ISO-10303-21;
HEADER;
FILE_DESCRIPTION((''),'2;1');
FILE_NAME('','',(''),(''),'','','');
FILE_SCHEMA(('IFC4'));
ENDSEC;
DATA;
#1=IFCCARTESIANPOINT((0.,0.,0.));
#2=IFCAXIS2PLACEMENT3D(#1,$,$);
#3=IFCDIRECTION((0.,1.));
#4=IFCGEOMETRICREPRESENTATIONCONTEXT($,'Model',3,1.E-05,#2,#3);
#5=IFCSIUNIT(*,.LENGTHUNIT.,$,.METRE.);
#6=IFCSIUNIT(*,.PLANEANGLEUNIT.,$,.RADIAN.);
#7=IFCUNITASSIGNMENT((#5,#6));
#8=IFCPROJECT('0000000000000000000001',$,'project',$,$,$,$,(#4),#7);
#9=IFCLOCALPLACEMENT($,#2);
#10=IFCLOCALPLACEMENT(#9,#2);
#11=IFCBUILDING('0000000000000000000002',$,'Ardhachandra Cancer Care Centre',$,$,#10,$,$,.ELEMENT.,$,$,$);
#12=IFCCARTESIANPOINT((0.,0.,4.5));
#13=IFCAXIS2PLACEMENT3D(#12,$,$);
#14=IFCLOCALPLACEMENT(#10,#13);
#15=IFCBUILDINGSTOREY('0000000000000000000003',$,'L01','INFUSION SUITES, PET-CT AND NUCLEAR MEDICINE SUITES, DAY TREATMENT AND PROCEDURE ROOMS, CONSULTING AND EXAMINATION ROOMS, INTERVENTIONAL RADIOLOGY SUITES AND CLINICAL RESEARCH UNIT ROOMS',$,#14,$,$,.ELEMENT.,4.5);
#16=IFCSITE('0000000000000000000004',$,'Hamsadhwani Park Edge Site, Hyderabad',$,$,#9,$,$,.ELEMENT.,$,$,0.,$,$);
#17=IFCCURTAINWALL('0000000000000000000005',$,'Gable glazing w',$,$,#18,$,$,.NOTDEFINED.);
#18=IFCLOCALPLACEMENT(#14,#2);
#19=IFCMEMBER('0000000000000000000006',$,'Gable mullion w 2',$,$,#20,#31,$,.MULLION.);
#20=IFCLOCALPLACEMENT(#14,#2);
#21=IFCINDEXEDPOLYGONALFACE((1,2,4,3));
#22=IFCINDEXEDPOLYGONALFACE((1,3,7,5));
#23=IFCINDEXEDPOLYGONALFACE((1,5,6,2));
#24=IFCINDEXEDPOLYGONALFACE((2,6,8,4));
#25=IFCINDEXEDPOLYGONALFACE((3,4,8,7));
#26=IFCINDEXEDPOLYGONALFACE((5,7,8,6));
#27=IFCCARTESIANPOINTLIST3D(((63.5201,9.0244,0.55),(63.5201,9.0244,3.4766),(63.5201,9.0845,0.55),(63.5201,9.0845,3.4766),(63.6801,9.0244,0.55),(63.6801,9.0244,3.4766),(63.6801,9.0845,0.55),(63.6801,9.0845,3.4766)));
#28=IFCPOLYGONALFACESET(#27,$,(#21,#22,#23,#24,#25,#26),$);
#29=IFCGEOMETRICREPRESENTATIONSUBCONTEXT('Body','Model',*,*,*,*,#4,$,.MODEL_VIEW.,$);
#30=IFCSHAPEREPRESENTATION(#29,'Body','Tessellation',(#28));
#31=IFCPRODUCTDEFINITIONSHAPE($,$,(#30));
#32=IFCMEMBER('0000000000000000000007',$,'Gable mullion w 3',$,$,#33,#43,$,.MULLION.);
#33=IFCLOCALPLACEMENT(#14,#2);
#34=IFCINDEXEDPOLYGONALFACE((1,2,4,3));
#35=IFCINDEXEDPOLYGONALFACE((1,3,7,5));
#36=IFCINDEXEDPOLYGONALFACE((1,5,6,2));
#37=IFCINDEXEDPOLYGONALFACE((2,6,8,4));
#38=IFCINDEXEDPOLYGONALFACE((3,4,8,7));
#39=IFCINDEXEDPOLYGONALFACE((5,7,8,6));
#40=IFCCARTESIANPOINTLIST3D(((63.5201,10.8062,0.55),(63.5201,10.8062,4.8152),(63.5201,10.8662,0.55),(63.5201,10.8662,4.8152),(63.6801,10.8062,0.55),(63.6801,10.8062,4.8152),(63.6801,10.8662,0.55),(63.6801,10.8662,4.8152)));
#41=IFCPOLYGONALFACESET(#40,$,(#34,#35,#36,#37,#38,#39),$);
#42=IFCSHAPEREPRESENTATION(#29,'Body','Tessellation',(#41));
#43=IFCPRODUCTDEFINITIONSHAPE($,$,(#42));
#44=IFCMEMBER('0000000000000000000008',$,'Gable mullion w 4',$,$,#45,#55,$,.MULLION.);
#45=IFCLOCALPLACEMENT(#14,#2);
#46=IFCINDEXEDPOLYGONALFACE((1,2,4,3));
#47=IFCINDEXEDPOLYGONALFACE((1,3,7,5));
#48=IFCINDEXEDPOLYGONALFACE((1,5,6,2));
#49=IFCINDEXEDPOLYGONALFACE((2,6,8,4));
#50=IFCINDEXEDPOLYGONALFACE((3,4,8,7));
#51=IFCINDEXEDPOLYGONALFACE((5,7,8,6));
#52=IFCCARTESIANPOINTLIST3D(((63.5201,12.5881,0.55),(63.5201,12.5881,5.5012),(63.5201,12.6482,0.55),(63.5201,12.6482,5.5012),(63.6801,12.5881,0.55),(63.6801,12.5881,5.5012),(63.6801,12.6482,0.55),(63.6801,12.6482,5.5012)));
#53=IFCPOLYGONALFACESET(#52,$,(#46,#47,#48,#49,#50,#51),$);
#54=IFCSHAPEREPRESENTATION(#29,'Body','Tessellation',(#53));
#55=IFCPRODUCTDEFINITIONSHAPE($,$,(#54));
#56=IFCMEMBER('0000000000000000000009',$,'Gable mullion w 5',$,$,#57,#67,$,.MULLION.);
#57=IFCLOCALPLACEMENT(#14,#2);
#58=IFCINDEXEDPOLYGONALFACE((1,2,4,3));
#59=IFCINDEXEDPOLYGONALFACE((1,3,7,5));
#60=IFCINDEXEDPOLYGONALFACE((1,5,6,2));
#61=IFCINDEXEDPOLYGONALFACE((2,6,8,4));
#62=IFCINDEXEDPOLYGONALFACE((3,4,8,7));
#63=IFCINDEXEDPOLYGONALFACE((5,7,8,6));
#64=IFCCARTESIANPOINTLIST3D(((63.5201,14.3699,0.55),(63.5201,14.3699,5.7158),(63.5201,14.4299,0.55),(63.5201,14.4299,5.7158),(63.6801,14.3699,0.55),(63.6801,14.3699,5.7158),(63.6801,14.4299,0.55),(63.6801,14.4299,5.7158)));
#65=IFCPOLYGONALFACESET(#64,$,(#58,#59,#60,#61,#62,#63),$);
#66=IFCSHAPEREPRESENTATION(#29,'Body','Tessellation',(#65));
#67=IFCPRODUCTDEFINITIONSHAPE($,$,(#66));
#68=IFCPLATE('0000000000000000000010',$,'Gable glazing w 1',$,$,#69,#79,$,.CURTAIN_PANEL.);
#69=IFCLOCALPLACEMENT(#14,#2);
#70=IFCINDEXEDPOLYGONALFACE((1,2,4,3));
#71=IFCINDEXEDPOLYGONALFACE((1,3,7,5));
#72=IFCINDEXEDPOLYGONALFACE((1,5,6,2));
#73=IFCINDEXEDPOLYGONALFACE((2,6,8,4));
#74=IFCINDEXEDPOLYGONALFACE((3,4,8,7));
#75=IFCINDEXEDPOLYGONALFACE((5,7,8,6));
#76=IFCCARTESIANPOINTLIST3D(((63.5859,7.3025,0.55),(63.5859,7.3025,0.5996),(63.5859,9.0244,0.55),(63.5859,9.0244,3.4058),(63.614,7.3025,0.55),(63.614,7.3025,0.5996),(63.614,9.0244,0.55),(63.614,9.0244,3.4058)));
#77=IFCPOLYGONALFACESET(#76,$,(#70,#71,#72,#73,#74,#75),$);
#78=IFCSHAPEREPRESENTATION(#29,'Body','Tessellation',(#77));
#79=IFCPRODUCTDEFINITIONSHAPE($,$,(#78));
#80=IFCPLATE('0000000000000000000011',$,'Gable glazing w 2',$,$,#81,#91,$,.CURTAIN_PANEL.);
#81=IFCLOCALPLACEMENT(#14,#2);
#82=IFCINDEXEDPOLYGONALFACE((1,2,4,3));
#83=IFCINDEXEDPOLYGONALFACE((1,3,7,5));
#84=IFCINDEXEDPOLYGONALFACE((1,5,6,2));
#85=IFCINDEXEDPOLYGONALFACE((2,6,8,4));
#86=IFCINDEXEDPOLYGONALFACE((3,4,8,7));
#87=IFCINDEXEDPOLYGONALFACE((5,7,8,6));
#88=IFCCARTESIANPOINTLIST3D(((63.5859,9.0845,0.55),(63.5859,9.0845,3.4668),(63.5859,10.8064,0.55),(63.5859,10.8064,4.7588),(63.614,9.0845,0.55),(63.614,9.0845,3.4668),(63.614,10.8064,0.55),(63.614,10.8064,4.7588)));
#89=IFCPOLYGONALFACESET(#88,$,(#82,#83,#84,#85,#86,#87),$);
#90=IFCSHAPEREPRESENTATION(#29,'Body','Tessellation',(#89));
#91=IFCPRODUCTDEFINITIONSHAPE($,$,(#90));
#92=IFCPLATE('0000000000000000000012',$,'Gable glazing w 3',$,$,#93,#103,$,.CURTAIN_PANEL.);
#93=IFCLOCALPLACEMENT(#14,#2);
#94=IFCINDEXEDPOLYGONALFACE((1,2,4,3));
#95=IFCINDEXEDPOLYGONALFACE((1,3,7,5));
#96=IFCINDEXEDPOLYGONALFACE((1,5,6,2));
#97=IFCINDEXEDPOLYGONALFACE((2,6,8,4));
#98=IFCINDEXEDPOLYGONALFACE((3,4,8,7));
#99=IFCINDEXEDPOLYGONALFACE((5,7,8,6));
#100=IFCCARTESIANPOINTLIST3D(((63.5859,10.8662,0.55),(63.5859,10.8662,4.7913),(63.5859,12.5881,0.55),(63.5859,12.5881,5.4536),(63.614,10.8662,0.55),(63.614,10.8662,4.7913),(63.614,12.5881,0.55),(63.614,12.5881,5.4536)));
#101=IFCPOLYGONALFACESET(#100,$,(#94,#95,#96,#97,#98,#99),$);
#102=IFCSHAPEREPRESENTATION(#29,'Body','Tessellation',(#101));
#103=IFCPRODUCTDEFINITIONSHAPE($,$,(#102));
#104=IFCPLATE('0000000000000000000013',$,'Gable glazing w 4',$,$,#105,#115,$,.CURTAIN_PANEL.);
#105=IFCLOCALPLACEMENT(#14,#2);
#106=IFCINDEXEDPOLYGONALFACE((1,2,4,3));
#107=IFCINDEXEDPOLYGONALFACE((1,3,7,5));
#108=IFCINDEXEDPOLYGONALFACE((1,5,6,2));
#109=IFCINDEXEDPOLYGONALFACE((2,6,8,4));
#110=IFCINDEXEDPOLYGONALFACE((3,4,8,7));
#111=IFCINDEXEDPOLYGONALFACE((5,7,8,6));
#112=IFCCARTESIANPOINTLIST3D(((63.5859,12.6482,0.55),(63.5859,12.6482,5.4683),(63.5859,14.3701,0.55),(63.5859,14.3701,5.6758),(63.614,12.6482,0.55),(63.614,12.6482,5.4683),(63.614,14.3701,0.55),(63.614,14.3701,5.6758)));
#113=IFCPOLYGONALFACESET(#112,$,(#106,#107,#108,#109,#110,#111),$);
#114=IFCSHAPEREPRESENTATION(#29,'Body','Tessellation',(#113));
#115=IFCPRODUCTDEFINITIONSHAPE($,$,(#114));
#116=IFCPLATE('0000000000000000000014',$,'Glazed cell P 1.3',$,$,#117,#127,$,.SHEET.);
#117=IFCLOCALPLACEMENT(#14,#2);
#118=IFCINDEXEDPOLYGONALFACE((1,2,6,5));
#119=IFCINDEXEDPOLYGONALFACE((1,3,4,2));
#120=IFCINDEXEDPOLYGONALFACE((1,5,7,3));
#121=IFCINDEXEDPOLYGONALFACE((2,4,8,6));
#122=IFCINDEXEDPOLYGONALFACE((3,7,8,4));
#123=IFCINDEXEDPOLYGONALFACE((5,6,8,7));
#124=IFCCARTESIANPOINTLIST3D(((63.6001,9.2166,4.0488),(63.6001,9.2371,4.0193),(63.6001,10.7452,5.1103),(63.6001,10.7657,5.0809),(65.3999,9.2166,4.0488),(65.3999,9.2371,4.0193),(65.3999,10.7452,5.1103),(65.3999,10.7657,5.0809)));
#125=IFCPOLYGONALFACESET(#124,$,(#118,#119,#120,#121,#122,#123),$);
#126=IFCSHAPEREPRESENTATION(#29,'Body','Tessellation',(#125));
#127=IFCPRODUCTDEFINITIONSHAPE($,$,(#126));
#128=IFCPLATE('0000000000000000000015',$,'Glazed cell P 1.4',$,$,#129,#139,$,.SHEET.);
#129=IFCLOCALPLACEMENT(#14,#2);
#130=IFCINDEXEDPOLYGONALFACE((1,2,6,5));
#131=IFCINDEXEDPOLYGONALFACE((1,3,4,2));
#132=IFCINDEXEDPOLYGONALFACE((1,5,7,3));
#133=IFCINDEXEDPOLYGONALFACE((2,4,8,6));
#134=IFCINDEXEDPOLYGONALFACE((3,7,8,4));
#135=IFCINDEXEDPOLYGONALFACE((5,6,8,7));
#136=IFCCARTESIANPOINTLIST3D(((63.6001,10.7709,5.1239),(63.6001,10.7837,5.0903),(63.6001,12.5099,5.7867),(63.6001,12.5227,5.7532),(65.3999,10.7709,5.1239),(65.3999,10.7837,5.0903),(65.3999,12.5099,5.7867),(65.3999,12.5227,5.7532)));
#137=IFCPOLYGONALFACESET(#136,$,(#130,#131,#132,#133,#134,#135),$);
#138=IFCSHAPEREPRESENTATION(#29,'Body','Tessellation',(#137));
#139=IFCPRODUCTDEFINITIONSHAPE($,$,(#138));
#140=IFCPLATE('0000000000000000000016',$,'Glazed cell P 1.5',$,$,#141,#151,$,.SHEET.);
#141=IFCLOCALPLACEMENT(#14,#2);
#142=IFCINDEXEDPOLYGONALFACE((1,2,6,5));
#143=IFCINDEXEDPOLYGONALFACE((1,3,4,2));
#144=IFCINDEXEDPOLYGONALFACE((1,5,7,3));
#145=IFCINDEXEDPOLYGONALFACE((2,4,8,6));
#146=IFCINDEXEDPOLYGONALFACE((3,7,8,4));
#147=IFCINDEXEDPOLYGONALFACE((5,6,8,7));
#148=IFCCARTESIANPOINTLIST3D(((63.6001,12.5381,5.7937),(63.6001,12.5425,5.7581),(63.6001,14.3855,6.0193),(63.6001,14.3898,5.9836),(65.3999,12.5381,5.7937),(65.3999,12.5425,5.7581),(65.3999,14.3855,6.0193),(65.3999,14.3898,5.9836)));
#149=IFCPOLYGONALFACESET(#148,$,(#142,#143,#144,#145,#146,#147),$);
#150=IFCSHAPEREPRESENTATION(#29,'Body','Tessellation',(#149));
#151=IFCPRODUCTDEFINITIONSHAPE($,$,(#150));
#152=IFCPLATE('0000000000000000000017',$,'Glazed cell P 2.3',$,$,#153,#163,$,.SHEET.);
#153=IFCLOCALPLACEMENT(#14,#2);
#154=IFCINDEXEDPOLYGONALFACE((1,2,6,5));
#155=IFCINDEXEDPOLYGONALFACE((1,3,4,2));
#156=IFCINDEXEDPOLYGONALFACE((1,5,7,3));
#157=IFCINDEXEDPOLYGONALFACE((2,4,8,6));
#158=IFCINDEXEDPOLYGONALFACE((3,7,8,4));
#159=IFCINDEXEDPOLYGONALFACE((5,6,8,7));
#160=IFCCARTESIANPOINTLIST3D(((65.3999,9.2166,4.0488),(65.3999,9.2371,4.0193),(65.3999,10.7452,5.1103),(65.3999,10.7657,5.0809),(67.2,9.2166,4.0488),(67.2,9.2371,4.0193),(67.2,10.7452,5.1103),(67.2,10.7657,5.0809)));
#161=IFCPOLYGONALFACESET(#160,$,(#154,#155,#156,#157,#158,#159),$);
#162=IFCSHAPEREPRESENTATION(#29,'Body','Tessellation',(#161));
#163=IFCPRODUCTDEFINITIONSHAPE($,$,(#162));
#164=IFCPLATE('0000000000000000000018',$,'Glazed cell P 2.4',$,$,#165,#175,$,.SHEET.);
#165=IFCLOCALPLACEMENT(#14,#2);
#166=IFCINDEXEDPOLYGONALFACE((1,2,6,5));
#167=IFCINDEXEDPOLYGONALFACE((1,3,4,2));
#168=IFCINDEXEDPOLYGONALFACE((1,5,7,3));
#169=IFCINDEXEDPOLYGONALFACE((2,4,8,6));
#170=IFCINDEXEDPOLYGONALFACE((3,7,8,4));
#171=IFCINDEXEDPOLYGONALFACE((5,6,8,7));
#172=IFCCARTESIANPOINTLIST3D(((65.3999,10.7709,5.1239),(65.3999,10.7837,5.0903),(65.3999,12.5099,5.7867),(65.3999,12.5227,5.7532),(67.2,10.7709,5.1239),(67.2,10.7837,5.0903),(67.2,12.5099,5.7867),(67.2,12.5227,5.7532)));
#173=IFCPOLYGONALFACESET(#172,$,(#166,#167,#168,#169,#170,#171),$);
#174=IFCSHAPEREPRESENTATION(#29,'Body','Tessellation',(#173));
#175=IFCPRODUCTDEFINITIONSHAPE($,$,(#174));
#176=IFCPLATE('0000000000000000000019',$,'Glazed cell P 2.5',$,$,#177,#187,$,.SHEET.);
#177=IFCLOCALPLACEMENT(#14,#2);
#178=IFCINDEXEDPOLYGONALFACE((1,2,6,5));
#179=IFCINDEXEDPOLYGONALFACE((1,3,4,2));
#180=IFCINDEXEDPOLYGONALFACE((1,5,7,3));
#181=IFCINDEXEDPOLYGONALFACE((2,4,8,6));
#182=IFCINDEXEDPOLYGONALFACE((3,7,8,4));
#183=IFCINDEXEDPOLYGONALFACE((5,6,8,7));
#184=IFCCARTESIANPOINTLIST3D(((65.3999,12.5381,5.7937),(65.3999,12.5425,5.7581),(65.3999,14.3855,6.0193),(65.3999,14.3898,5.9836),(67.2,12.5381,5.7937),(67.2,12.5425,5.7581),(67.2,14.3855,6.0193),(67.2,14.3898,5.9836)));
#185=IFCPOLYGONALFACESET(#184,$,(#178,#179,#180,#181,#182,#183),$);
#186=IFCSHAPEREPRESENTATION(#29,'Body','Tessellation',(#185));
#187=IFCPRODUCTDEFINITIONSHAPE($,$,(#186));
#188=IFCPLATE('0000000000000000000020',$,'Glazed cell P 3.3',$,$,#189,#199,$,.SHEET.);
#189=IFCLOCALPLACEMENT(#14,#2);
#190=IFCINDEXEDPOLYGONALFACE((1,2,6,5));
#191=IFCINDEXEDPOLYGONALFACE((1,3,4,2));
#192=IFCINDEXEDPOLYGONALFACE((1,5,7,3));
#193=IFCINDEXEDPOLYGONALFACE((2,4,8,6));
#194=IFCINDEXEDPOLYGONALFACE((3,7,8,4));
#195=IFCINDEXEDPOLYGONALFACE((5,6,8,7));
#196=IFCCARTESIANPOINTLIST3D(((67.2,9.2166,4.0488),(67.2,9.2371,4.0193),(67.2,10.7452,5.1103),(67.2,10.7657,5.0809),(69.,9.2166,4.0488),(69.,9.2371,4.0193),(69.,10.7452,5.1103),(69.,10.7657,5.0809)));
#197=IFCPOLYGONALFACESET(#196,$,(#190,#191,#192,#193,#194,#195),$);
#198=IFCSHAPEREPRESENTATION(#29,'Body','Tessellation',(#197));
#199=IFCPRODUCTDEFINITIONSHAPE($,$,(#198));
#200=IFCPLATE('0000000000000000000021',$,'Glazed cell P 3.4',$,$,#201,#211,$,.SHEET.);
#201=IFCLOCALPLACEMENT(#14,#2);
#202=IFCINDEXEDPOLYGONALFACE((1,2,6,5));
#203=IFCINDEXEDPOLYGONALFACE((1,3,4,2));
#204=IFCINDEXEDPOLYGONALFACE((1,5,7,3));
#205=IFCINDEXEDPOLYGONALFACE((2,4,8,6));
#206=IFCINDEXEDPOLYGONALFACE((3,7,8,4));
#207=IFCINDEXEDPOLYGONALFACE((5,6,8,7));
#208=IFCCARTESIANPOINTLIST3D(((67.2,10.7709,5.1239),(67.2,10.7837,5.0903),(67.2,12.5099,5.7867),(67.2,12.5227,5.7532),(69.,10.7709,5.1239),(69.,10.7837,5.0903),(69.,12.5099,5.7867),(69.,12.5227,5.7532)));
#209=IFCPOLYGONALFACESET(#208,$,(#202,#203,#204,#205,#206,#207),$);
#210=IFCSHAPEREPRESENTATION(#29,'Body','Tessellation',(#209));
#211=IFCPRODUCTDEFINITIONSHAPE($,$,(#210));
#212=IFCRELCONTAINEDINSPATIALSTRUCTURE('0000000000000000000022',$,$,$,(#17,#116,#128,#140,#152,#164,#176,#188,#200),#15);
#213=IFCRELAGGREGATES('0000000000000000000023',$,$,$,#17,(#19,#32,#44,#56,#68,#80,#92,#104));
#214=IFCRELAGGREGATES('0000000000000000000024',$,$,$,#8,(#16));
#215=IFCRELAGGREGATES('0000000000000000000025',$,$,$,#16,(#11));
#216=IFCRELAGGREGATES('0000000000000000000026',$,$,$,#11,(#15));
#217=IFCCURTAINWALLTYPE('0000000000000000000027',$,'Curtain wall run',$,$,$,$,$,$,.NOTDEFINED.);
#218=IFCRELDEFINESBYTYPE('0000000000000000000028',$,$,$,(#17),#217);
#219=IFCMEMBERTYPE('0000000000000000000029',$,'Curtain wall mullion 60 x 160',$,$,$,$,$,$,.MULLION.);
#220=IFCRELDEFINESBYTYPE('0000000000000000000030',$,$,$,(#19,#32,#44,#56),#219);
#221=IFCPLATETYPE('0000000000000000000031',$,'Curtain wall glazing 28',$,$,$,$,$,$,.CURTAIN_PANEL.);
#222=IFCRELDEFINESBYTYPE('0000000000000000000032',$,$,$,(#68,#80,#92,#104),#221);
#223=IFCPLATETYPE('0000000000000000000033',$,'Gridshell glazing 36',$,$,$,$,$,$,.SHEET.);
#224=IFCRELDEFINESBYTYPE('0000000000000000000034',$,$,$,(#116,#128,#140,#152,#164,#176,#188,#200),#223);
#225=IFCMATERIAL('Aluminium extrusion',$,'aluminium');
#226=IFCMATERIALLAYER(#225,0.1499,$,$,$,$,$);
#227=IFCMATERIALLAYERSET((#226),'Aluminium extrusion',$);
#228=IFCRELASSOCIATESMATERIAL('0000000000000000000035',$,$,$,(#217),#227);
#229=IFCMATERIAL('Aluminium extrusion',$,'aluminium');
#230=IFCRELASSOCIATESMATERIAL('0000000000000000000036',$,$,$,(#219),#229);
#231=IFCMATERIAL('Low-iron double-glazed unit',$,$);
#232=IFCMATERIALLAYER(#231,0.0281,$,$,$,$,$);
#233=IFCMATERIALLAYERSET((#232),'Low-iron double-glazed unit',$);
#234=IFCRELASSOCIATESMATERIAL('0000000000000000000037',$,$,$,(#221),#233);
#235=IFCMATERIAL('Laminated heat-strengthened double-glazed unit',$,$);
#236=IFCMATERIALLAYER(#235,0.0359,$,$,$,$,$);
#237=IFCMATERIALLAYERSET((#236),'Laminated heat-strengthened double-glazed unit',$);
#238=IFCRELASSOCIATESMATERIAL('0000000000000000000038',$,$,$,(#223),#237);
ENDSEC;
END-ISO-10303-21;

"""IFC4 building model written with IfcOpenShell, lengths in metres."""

from ifc_helpers import new_model, si_unit, direction, frame, origin, origin_2d, place, context, subcontext, project, spatial, polyline, rectangle, outline, extrude, material, layer, layer_set, material_profile, profile_set, type_object, element, aggregate, save


model = new_model("IFC4")

# Units and contexts
model_context = context("Model", 3, precision=1e-05, world=origin(), true_north=direction((0.0, 1.0)))
body_context = subcontext(model_context, "Body", "Model", "MODEL_VIEW")
ifc_project = project(units=[si_unit("LENGTHUNIT", "METRE"), si_unit("PLANEANGLEUNIT", "RADIAN")], contexts=[model_context])

# Site, building, storey
site_placement = place(None, origin())
site = spatial("IfcSite", under=ifc_project, at=site_placement, Name="Hamsadhwani Park Edge Site, Hyderabad", CompositionType="ELEMENT", RefElevation=0.0)
building_placement = place(site_placement, origin())
building = spatial("IfcBuilding", under=site, at=building_placement, Name="Ardhachandra Cancer Care Centre", CompositionType="ELEMENT")
storey_placement = place(building_placement, frame((0.0, 0.0, 4.5)))
storey = spatial("IfcBuildingStorey", under=building, at=storey_placement, Name="L01", Description="INFUSION SUITES, PET-CT AND NUCLEAR MEDICINE SUITES, DAY TREATMENT AND PROCEDURE ROOMS, CONSULTING AND EXAMINATION ROOMS, INTERVENTIONAL RADIOLOGY SUITES AND CLINICAL RESEARCH UNIT ROOMS", CompositionType="ELEMENT", Elevation=4.5)

# Curtain wall, members, plates
ifc_material_1 = material(Name="Aluminium extrusion", Category="aluminium")
ifc_layer_1 = layer(ifc_material_1, 0.1499)
ifc_layer_set_1 = layer_set([ifc_layer_1], Name="Aluminium extrusion")
curtain_wall_type = type_object("IfcCurtainWallType", Name="Curtain wall run", PredefinedType="NOTDEFINED", material=ifc_layer_set_1)
curtain_wall_placement = place(storey_placement, origin())
curtain_wall = element("IfcCurtainWall", 1, at=curtain_wall_placement, inside=storey, type_object=curtain_wall_type, Name="Gable glazing w", PredefinedType="NOTDEFINED")
ifc_material_2 = material(Name="Aluminium extrusion", Category="aluminium")
ifc_material_profile = material_profile(ifc_material_2, rectangle(XDim=0.1599, YDim=0.0601, at=origin_2d()), Name="Curtain wall mullion 60 x 160")
ifc_profile_set = profile_set([ifc_material_profile], Name="Aluminium extrusion")
member_type = type_object("IfcMemberType", Name="Curtain wall mullion 60 x 160", PredefinedType="MULLION", material=ifc_profile_set)
member_1_placement = place(storey_placement, frame((63.6001, 9.0544, 0.55), z_axis=(0.0, 0.0, 1.0), x_axis=(-1.0, 0.0, 0.0)))
member_1 = element("IfcMember", 2, at=member_1_placement, type_object=member_type, Name="Gable mullion w 2", PredefinedType="MULLION", context=body_context, shape_type="SweptSolid", body=[
    extrude(rectangle(XDim=0.1599, YDim=0.0601, at=origin_2d()), origin(), (0.0, 0.0, 1.0), 2.9265),
])
member_2_placement = place(storey_placement, frame((63.6001, 10.8362, 0.55), z_axis=(0.0, 0.0, 1.0), x_axis=(-1.0, 0.0, 0.0)))
member_2 = element("IfcMember", 3, at=member_2_placement, type_object=member_type, Name="Gable mullion w 3", PredefinedType="MULLION", context=body_context, shape_type="SweptSolid", body=[
    extrude(rectangle(XDim=0.1599, YDim=0.0601, at=origin_2d()), origin(), (0.0, 0.0, 1.0), 4.2651),
])
member_3_placement = place(storey_placement, frame((63.6001, 12.6182, 0.55), z_axis=(0.0, 0.0, 1.0), x_axis=(-1.0, 0.0, 0.0)))
member_3 = element("IfcMember", 4, at=member_3_placement, type_object=member_type, Name="Gable mullion w 4", PredefinedType="MULLION", context=body_context, shape_type="SweptSolid", body=[
    extrude(rectangle(XDim=0.1599, YDim=0.0601, at=origin_2d()), origin(), (0.0, 0.0, 1.0), 4.9512),
])
member_4_placement = place(storey_placement, frame((63.6001, 14.3999, 0.55), z_axis=(0.0, 0.0, 1.0), x_axis=(-1.0, 0.0, 0.0)))
member_4 = element("IfcMember", 5, at=member_4_placement, type_object=member_type, Name="Gable mullion w 5", PredefinedType="MULLION", context=body_context, shape_type="SweptSolid", body=[
    extrude(rectangle(XDim=0.1599, YDim=0.0601, at=origin_2d()), origin(), (0.0, 0.0, 1.0), 5.1658),
])
ifc_material_3 = material(Name="Low-iron double-glazed unit")
ifc_layer_2 = layer(ifc_material_3, 0.0281)
ifc_layer_set_2 = layer_set([ifc_layer_2], Name="Low-iron double-glazed unit")
plate_type_1 = type_object("IfcPlateType", Name="Curtain wall glazing 28", PredefinedType="CURTAIN_PANEL", material=ifc_layer_set_2)
plate_1_placement = place(storey_placement, frame((63.6001, 7.3025, 0.55), z_axis=(1.0, 0.0, 0.0), x_axis=(0.0, 1.0, 0.0)))
plate_1 = element("IfcPlate", 6, at=plate_1_placement, type_object=plate_type_1, Name="Gable glazing w 1", PredefinedType="CURTAIN_PANEL", context=body_context, shape_type="SweptSolid", body=[
    extrude(outline(polyline([(0.0, 0.0), (1.7219, 0.0), (1.7219, 2.8557), (0.0, 0.0496), (0.0, 0.0)])), frame((0.0, 0.0, -0.0142)), (0.0, 0.0, 1.0), 0.0281),
])
plate_2_placement = place(storey_placement, frame((63.6001, 9.0845, 0.55), z_axis=(1.0, 0.0, 0.0), x_axis=(0.0, 1.0, 0.0)))
plate_2 = element("IfcPlate", 7, at=plate_2_placement, type_object=plate_type_1, Name="Gable glazing w 2", PredefinedType="CURTAIN_PANEL", context=body_context, shape_type="SweptSolid", body=[
    extrude(outline(polyline([(0.0, 0.0), (1.7219, 0.0), (1.7219, 4.2087), (0.0, 2.9167), (0.0, 0.0)])), frame((0.0, 0.0, -0.0142)), (0.0, 0.0, 1.0), 0.0281),
])
plate_3_placement = place(storey_placement, frame((63.6001, 10.8662, 0.55), z_axis=(1.0, 0.0, 0.0), x_axis=(0.0, 1.0, 0.0)))
plate_3 = element("IfcPlate", 8, at=plate_3_placement, type_object=plate_type_1, Name="Gable glazing w 3", PredefinedType="CURTAIN_PANEL", context=body_context, shape_type="SweptSolid", body=[
    extrude(outline(polyline([(0.0, 0.0), (1.7219, 0.0), (1.7219, 4.9036), (0.0, 4.2412), (0.0, 0.0)])), frame((0.0, 0.0, -0.0142)), (0.0, 0.0, 1.0), 0.0281),
])
plate_4_placement = place(storey_placement, frame((63.6001, 12.6482, 0.55), z_axis=(1.0, 0.0, 0.0), x_axis=(0.0, 1.0, 0.0)))
plate_4 = element("IfcPlate", 9, at=plate_4_placement, type_object=plate_type_1, Name="Gable glazing w 4", PredefinedType="CURTAIN_PANEL", context=body_context, shape_type="SweptSolid", body=[
    extrude(outline(polyline([(0.0, 0.0), (1.7219, 0.0), (1.7219, 5.1257), (0.0, 4.9182), (0.0, 0.0)])), frame((0.0, 0.0, -0.0142)), (0.0, 0.0, 1.0), 0.0281),
])
aggregate(curtain_wall, [member_1, member_2, member_3, member_4, plate_1, plate_2, plate_3, plate_4])

# Plates
ifc_material_4 = material(Name="Laminated heat-strengthened double-glazed unit")
ifc_layer_3 = layer(ifc_material_4, 0.0359)
ifc_layer_set_3 = layer_set([ifc_layer_3], Name="Laminated heat-strengthened double-glazed unit")
plate_type_2 = type_object("IfcPlateType", Name="Gridshell glazing 36", PredefinedType="SHEET", material=ifc_layer_set_3)
for number, where, z_axis, x_axis, name in (
    (10, (63.6001, 9.2371, 4.0193), (0.0, -0.570403, 0.821365), (1.0, 0.0, 0.0), "Glazed cell P 1.3"),
    (11, (63.6001, 10.7837, 5.0903), (0.0, -0.356164, 0.934423), (1.0, 0.0, 0.0), "Glazed cell P 1.4"),
    (12, (63.6001, 12.5425, 5.7581), (0.0, -0.121209, 0.992627), (1.0, 0.0, 0.0), "Glazed cell P 1.5"),
):
    element("IfcPlate", number, at=place(storey_placement, frame(where, z_axis=z_axis, x_axis=x_axis)), inside=storey, type_object=plate_type_2, Name=name, PredefinedType="SHEET", context=body_context, shape_type="SweptSolid", body=[
        extrude(outline(polyline([(0.0, 0.0), (1.7998, 0.0), (1.7998, 1.8611), (0.0, 1.8611), (0.0, 0.0)])), origin(), (0.0, 0.0, 1.0), 0.0359),
    ])
for number, where, z_axis, x_axis, name in (
    (13, (65.3999, 9.2371, 4.0193), (0.0, -0.570403, 0.821365), (1.0, 0.0, 0.0), "Glazed cell P 2.3"),
    (14, (65.3999, 10.7837, 5.0903), (0.0, -0.356164, 0.934423), (1.0, 0.0, 0.0), "Glazed cell P 2.4"),
    (15, (65.3999, 12.5425, 5.7581), (0.0, -0.121209, 0.992627), (1.0, 0.0, 0.0), "Glazed cell P 2.5"),
    (16, (67.2, 9.2371, 4.0193), (0.0, -0.570403, 0.821365), (1.0, 0.0, 0.0), "Glazed cell P 3.3"),
    (17, (67.2, 10.7837, 5.0903), (0.0, -0.356164, 0.934423), (1.0, 0.0, 0.0), "Glazed cell P 3.4"),
):
    element("IfcPlate", number, at=place(storey_placement, frame(where, z_axis=z_axis, x_axis=x_axis)), inside=storey, type_object=plate_type_2, Name=name, PredefinedType="SHEET", context=body_context, shape_type="SweptSolid", body=[
        extrude(outline(polyline([(0.0, 0.0), (1.8, 0.0), (1.8, 1.8611), (0.0, 1.8611), (0.0, 0.0)])), origin(), (0.0, 0.0, 1.0), 0.0359),
    ])

save(model, "model.ifc")
